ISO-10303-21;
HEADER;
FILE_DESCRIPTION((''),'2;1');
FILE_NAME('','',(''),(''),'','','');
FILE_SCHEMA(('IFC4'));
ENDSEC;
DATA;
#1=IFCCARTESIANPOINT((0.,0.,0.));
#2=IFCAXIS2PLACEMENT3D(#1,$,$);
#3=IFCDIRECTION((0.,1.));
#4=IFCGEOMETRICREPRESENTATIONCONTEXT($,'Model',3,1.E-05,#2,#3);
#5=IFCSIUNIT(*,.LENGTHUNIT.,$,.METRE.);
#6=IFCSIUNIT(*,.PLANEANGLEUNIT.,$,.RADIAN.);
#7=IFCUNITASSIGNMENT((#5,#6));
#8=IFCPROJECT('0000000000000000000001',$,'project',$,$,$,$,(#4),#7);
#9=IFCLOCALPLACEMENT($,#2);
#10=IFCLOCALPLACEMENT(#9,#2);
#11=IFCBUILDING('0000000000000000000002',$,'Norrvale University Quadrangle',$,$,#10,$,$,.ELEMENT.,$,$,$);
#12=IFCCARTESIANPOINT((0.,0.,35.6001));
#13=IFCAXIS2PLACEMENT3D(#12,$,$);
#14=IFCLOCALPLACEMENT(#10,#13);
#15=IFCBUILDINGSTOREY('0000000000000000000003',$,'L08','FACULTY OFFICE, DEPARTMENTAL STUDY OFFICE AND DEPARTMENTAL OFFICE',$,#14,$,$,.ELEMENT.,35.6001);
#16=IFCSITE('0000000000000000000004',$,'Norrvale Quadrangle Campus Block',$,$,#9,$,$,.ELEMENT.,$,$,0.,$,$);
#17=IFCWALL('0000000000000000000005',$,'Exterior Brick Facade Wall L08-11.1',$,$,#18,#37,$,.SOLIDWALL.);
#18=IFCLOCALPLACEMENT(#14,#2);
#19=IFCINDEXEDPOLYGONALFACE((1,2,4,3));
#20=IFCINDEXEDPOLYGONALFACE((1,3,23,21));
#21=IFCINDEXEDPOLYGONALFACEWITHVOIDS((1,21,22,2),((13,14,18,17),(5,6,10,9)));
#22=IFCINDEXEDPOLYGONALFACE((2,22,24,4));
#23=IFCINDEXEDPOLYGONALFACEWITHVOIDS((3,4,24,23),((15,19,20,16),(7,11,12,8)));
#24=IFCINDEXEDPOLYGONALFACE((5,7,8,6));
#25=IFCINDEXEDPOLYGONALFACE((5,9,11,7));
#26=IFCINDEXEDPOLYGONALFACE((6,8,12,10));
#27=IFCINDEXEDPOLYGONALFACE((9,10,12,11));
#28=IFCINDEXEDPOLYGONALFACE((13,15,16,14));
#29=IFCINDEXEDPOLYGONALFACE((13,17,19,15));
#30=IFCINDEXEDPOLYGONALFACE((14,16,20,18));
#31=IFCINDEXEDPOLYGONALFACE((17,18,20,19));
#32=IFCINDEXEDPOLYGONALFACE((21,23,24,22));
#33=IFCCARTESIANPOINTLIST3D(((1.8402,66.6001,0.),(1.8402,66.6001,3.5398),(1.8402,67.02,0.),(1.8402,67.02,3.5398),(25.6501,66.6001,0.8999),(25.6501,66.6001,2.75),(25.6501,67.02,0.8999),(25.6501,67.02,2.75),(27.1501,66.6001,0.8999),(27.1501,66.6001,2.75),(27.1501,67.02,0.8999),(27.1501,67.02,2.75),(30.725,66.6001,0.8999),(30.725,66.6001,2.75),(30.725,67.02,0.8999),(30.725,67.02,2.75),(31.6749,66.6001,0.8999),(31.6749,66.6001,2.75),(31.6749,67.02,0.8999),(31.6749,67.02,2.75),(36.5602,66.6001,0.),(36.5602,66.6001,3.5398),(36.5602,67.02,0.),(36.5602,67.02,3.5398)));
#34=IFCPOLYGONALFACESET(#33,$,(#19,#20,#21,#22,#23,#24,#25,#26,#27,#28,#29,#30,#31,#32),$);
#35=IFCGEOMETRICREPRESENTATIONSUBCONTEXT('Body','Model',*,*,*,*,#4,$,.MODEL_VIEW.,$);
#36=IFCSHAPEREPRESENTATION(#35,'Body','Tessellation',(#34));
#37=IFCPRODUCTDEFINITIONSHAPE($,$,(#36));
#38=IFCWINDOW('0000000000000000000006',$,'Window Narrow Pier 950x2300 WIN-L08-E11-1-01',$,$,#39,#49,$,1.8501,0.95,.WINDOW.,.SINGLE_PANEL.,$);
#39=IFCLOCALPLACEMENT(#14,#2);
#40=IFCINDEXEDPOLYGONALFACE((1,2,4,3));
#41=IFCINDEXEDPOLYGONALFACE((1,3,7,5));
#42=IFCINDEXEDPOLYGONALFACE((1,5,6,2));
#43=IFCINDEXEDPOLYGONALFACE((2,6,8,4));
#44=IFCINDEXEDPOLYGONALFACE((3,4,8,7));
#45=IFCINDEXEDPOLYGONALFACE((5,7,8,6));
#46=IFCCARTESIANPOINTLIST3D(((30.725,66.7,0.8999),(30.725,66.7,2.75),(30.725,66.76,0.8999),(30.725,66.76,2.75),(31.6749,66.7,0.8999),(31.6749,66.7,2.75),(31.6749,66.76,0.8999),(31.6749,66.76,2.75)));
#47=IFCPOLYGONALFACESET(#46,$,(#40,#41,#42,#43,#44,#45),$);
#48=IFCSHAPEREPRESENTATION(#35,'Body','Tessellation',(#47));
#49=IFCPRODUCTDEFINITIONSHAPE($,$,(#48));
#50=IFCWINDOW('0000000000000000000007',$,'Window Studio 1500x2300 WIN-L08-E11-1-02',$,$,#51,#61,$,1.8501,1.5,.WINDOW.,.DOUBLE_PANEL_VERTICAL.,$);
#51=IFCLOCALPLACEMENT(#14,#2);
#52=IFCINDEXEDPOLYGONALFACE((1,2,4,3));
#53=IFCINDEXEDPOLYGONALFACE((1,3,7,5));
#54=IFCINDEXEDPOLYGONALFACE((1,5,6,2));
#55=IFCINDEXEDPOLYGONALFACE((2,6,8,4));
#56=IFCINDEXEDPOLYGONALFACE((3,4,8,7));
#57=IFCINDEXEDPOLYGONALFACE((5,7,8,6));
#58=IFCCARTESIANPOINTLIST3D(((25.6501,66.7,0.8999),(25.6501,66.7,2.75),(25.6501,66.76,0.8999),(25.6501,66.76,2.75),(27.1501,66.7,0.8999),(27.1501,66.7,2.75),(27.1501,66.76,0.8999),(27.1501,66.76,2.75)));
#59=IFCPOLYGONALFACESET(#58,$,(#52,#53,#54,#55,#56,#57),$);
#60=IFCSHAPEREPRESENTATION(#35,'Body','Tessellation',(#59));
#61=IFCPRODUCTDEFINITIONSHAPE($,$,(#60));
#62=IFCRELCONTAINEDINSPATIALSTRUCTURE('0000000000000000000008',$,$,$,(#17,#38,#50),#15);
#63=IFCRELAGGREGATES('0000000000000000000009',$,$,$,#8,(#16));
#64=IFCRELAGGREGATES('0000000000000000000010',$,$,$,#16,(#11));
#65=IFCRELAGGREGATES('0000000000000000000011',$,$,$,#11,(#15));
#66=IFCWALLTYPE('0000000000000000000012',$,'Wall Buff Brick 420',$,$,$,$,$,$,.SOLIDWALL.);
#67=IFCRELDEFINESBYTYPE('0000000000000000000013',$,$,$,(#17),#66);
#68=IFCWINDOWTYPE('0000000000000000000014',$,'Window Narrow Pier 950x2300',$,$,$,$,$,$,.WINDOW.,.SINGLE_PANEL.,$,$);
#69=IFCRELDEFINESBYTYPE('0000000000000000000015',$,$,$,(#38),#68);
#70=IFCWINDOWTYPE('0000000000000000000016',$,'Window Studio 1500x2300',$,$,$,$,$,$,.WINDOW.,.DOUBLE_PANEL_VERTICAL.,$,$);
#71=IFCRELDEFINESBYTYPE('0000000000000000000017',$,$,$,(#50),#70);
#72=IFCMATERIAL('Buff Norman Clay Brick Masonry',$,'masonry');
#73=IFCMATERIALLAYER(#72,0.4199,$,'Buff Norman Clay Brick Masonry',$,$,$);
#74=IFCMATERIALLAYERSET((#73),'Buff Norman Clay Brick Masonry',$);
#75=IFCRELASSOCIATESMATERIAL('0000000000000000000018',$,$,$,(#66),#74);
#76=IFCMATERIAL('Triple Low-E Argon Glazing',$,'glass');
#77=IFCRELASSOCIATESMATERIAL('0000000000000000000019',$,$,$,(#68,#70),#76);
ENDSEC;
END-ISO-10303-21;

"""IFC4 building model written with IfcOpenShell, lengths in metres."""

from ifc_helpers import new_model, si_unit, direction, frame, frame_2d, origin, place, context, subcontext, project, spatial, rectangle, extrude, material, layer, layer_set, type_object, element, fill, save


model = new_model("IFC4")

# Units and contexts
model_context = context("Model", 3, precision=1e-05, world=origin(), true_north=direction((0.0, 1.0)))
body_context = subcontext(model_context, "Body", "Model", "MODEL_VIEW")
ifc_project = project(units=[si_unit("LENGTHUNIT", "METRE"), si_unit("PLANEANGLEUNIT", "RADIAN")], contexts=[model_context])

# Site, building, storey
site_placement = place(None, origin())
site = spatial("IfcSite", under=ifc_project, at=site_placement, Name="Norrvale Quadrangle Campus Block", CompositionType="ELEMENT", RefElevation=0.0)
building_placement = place(site_placement, origin())
building = spatial("IfcBuilding", under=site, at=building_placement, Name="Norrvale University Quadrangle", CompositionType="ELEMENT")
storey_placement = place(building_placement, frame((0.0, 0.0, 35.6001)))
storey = spatial("IfcBuildingStorey", under=building, at=storey_placement, Name="L08", Description="FACULTY OFFICE, DEPARTMENTAL STUDY OFFICE AND DEPARTMENTAL OFFICE", CompositionType="ELEMENT", Elevation=35.6001)

# Shared definitions
ifc_material_1 = material(Name="Buff Norman Clay Brick Masonry", Category="masonry")
ifc_layer = layer(ifc_material_1, 0.4199, Name="Buff Norman Clay Brick Masonry")
ifc_layer_set = layer_set([ifc_layer], Name="Buff Norman Clay Brick Masonry")
wall_type = type_object("IfcWallType", Name="Wall Buff Brick 420", PredefinedType="SOLIDWALL", material=ifc_layer_set)

# Wall, openings, windows
wall_placement = place(storey_placement, frame((36.5601, 66.8101, 0.0), z_axis=(0.0, 0.0, 1.0), x_axis=(-1.0, 0.0, 0.0)))
wall = element("IfcWall", 1, at=wall_placement, inside=storey, type_object=wall_type, Name="Exterior Brick Facade Wall L08-11.1", PredefinedType="SOLIDWALL", context=body_context, shape_type="SweptSolid", body=[
    extrude(rectangle(XDim=34.72, YDim=0.4199, at=frame_2d((17.3599, 0.0))), origin(), (0.0, 0.0, 1.0), 3.5398),
])
opening_1_placement = place(wall_placement, frame((4.885, 0.0, 0.8999)))
opening_1 = element("IfcOpeningElement", 2, at=opening_1_placement, cuts=wall, PredefinedType="OPENING", context=body_context, shape_type="SweptSolid", body=[
    extrude(rectangle(XDim=0.95, YDim=1.8501, at=frame_2d((0.4751, 0.925))), frame((0.0, 0.2219, 0.0), z_axis=(0.0, -1.0, 0.0), x_axis=(1.0, 0.0, 0.0)), (0.0, 0.0, 1.0), 0.4438),
])
opening_2_placement = place(wall_placement, frame((9.4099, 0.0, 0.8999)))
opening_2 = element("IfcOpeningElement", 3, at=opening_2_placement, cuts=wall, PredefinedType="OPENING", context=body_context, shape_type="SweptSolid", body=[
    extrude(rectangle(XDim=1.5, YDim=1.8501, at=frame_2d((0.75, 0.925))), frame((0.0, 0.2219, 0.0), z_axis=(0.0, -1.0, 0.0), x_axis=(1.0, 0.0, 0.0)), (0.0, 0.0, 1.0), 0.4438),
])
ifc_material_2 = material(Name="Triple Low-E Argon Glazing", Category="glass")
window_type_1 = type_object("IfcWindowType", Name="Window Narrow Pier 950x2300", PartitioningType="SINGLE_PANEL", PredefinedType="WINDOW", material=ifc_material_2)
window_1_placement = place(opening_1_placement, origin())
window_1 = element("IfcWindow", 4, at=window_1_placement, inside=storey, type_object=window_type_1, Name="Window Narrow Pier 950x2300 WIN-L08-E11-1-01", OverallHeight=1.8501, OverallWidth=0.95, PartitioningType="SINGLE_PANEL", PredefinedType="WINDOW", context=body_context, shape_type="SweptSolid", body=[
    extrude(rectangle(XDim=0.95, YDim=1.8501, at=frame_2d((0.4751, 0.925))), frame((0.0, 0.1101, 0.0), z_axis=(0.0, -1.0, 0.0), x_axis=(1.0, 0.0, 0.0)), (0.0, 0.0, 1.0), 0.0601),
])
fill(opening_1, window_1)
window_type_2 = type_object("IfcWindowType", Name="Window Studio 1500x2300", PartitioningType="DOUBLE_PANEL_VERTICAL", PredefinedType="WINDOW", material=ifc_material_2)
window_2_placement = place(opening_2_placement, origin())
window_2 = element("IfcWindow", 5, at=window_2_placement, inside=storey, type_object=window_type_2, Name="Window Studio 1500x2300 WIN-L08-E11-1-02", OverallHeight=1.8501, OverallWidth=1.5, PartitioningType="DOUBLE_PANEL_VERTICAL", PredefinedType="WINDOW", context=body_context, shape_type="SweptSolid", body=[
    extrude(rectangle(XDim=1.5, YDim=1.8501, at=frame_2d((0.75, 0.925))), frame((0.0, 0.1101, 0.0), z_axis=(0.0, -1.0, 0.0), x_axis=(1.0, 0.0, 0.0)), (0.0, 0.0, 1.0), 0.0601),
])
fill(opening_2, window_2)

save(model, "model.ifc")
